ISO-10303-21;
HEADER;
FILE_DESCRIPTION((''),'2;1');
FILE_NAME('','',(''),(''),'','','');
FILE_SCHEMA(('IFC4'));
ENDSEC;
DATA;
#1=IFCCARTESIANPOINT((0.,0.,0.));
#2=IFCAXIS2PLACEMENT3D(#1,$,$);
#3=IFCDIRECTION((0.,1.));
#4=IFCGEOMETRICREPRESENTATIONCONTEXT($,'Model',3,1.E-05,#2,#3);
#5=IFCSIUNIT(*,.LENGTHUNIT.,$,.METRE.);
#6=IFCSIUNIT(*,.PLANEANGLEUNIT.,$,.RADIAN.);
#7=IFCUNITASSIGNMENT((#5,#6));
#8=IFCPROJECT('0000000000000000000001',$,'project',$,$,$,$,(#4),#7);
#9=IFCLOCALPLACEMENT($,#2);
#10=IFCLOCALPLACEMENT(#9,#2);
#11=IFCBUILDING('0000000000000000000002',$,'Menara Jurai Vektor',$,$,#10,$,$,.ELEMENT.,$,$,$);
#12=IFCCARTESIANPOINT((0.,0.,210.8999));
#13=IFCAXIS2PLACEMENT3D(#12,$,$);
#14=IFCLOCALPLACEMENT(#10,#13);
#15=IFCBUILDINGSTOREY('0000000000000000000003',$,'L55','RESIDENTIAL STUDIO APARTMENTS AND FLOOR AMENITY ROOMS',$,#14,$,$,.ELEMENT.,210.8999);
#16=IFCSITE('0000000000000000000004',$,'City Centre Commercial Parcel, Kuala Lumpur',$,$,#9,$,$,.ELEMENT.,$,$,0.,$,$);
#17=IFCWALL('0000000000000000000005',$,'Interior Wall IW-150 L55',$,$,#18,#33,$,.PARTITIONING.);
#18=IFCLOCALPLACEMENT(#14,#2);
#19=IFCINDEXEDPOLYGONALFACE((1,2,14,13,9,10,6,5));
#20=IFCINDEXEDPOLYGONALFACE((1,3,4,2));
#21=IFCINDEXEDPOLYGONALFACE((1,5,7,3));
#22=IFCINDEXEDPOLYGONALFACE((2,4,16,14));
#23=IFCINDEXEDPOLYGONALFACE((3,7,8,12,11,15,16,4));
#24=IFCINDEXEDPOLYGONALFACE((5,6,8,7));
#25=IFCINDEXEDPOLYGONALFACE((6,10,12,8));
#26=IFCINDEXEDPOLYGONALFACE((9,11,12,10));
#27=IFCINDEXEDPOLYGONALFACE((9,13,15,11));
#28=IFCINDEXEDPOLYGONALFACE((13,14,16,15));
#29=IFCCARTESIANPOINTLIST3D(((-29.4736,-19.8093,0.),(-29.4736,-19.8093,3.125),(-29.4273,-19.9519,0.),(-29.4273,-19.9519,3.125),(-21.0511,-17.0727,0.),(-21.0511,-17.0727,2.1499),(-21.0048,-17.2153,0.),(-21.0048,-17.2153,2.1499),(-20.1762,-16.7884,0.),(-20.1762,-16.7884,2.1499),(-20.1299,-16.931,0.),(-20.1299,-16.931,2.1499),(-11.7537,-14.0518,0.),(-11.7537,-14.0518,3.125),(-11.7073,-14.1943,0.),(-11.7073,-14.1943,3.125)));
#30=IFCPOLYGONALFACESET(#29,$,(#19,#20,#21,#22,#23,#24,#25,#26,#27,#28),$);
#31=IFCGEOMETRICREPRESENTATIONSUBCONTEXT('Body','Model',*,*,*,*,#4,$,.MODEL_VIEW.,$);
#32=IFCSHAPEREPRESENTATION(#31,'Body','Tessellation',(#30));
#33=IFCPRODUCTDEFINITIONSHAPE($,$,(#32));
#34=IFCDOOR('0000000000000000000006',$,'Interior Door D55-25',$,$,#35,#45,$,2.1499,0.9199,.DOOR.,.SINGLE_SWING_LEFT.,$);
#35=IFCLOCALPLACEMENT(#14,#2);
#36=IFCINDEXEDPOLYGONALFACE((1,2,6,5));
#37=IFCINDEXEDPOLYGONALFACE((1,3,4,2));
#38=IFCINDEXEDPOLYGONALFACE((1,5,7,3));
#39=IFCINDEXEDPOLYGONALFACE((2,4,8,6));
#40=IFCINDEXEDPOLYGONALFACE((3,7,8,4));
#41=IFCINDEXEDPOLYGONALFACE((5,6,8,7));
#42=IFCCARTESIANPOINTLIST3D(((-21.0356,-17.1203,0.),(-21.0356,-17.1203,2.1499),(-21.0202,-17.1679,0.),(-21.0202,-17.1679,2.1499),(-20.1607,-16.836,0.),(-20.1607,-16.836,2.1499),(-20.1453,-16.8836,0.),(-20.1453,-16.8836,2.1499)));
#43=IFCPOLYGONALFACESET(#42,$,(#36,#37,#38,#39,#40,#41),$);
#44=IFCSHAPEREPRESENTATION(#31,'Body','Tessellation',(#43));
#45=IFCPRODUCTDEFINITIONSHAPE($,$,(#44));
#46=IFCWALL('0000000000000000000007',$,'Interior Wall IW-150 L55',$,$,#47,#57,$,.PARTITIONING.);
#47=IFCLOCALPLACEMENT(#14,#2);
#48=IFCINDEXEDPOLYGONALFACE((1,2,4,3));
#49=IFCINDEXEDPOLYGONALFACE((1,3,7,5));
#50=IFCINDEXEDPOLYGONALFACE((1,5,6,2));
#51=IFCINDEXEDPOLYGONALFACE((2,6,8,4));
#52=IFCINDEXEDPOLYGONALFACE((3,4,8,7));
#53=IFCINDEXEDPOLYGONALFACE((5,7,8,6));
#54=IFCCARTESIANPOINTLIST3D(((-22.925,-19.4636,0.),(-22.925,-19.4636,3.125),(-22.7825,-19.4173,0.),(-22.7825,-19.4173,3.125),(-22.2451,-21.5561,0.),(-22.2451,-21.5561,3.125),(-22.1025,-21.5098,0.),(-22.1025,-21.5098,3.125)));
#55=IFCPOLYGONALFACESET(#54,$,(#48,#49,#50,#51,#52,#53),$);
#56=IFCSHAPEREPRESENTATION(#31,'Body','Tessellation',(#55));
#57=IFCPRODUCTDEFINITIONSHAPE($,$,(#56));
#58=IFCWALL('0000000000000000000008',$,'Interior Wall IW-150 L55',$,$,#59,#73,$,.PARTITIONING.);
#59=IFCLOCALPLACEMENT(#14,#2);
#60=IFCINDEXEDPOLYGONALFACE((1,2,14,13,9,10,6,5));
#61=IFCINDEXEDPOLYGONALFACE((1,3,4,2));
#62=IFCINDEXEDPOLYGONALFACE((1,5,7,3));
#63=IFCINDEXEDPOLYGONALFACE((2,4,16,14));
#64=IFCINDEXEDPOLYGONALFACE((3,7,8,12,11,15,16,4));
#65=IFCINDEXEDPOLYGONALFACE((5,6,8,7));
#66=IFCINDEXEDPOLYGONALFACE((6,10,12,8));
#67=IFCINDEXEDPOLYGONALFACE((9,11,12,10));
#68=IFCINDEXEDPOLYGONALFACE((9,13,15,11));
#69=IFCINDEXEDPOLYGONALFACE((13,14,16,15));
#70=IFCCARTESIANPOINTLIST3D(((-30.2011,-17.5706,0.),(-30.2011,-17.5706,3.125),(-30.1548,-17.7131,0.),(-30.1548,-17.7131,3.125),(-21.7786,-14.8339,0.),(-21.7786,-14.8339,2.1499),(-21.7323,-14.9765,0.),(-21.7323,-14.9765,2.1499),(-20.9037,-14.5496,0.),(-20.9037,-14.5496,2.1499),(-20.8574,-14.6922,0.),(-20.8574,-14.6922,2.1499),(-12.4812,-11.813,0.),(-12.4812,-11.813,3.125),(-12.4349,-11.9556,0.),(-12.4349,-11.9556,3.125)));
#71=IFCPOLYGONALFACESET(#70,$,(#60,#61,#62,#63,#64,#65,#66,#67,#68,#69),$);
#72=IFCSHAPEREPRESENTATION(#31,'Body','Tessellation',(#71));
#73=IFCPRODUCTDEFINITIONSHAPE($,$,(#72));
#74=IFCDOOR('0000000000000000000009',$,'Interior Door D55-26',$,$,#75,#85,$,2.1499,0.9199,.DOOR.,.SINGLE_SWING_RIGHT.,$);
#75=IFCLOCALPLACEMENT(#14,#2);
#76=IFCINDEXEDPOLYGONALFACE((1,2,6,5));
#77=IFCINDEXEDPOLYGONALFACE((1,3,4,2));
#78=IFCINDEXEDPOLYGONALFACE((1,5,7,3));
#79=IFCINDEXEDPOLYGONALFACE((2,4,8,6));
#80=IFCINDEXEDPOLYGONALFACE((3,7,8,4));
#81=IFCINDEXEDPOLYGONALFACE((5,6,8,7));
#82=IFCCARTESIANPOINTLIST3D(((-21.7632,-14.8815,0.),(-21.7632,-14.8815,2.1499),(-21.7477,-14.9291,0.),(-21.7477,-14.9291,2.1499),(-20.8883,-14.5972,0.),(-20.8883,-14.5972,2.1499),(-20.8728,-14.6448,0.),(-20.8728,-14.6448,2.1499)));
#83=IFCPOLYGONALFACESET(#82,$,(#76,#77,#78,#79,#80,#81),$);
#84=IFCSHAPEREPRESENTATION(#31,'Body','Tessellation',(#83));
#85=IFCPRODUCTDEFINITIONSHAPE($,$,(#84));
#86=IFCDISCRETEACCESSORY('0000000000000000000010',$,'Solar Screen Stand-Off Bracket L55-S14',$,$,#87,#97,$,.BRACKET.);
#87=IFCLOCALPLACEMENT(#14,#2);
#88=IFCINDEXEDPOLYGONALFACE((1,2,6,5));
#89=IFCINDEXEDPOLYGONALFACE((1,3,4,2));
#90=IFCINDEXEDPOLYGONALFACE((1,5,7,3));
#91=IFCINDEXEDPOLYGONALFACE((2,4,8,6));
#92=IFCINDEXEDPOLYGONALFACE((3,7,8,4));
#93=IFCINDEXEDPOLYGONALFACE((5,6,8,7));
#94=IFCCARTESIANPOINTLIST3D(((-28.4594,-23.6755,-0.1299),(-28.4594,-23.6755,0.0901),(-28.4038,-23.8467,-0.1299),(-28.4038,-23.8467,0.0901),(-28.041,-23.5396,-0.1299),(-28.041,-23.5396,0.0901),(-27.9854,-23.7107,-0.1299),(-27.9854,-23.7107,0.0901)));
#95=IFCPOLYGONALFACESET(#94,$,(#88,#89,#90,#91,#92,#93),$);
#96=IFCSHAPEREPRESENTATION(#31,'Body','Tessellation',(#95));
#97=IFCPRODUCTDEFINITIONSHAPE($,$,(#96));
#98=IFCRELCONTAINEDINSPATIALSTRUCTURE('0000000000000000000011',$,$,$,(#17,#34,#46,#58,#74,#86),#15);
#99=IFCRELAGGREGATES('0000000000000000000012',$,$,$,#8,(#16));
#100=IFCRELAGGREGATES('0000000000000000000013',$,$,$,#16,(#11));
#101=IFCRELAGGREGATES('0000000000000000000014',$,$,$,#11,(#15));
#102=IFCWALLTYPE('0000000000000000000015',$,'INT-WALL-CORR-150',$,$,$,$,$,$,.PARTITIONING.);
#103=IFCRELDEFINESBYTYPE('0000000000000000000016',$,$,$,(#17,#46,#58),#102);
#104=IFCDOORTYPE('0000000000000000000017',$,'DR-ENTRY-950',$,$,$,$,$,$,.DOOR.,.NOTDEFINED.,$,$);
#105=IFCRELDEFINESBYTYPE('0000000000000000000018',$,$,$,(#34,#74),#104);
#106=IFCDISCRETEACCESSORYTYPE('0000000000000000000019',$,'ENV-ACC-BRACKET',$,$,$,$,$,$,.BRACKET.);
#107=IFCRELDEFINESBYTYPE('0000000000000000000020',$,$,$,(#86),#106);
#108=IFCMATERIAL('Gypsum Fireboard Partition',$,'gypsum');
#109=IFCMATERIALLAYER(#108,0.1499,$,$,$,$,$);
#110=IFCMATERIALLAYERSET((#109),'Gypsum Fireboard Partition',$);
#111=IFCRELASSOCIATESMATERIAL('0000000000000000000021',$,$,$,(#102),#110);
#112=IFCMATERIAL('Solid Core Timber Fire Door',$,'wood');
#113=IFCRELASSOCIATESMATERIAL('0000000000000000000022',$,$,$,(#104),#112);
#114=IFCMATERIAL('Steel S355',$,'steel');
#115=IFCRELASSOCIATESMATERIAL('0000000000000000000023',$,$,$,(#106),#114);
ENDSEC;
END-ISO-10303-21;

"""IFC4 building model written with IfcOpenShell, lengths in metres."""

from ifc_helpers import new_model, si_unit, direction, frame, frame_2d, origin, origin_2d, place, context, subcontext, project, spatial, rectangle, extrude, material, layer, layer_set, type_object, element, fill, save


model = new_model("IFC4")

# Units and contexts
model_context = context("Model", 3, precision=1e-05, world=origin(), true_north=direction((0.0, 1.0)))
body_context = subcontext(model_context, "Body", "Model", "MODEL_VIEW")
ifc_project = project(units=[si_unit("LENGTHUNIT", "METRE"), si_unit("PLANEANGLEUNIT", "RADIAN")], contexts=[model_context])

# Site, building, storey
site_placement = place(None, origin())
site = spatial("IfcSite", under=ifc_project, at=site_placement, Name="City Centre Commercial Parcel, Kuala Lumpur", CompositionType="ELEMENT", RefElevation=0.0)
building_placement = place(site_placement, origin())
building = spatial("IfcBuilding", under=site, at=building_placement, Name="Menara Jurai Vektor", CompositionType="ELEMENT")
storey_placement = place(building_placement, frame((0.0, 0.0, 210.8999)))
storey = spatial("IfcBuildingStorey", under=building, at=storey_placement, Name="L55", Description="RESIDENTIAL STUDIO APARTMENTS AND FLOOR AMENITY ROOMS", CompositionType="ELEMENT", Elevation=210.8999)

# Shared definitions
ifc_material_1 = material(Name="Steel S355", Category="steel")

# Shared definitions
ifc_material_2 = material(Name="Gypsum Fireboard Partition", Category="gypsum")
ifc_layer_1 = layer(ifc_material_2, 0.1499)
ifc_layer_set_1 = layer_set([ifc_layer_1], Name="Gypsum Fireboard Partition")
wall_type = type_object("IfcWallType", Name="INT-WALL-CORR-150", PredefinedType="PARTITIONING", material=ifc_layer_set_1)

# Wall, opening, door
wall_1_placement = place(storey_placement, frame((-29.4504, -19.8806, 0.0), z_axis=(0.0, 0.0, 1.0), x_axis=(0.951057, 0.309017, 0.0)))
wall_1 = element("IfcWall", 1, at=wall_1_placement, inside=storey, type_object=wall_type, Name="Interior Wall IW-150 L55", PredefinedType="PARTITIONING", context=body_context, shape_type="SweptSolid", body=[
    extrude(rectangle(XDim=18.6318, YDim=0.1499, at=frame_2d((9.3159, 0.0))), origin(), (0.0, 0.0, 1.0), 3.125),
])
opening_1_placement = place(wall_1_placement, frame((8.856, 0.0, 0.0)))
opening_1 = element("IfcOpeningElement", 2, at=opening_1_placement, cuts=wall_1, PredefinedType="OPENING", context=body_context, shape_type="SweptSolid", body=[
    extrude(rectangle(XDim=0.9199, YDim=2.1499, at=frame_2d((0.46, 1.075))), frame((0.0, 0.085, 0.0), z_axis=(0.0, -1.0, 0.0), x_axis=(1.0, 0.0, 0.0)), (0.0, 0.0, 1.0), 0.1699),
])
ifc_material_3 = material(Name="Solid Core Timber Fire Door", Category="wood")
door_type = type_object("IfcDoorType", Name="DR-ENTRY-950", OperationType="NOTDEFINED", PredefinedType="DOOR", material=ifc_material_3)
door_1_placement = place(opening_1_placement, origin())
door_1 = element("IfcDoor", 3, at=door_1_placement, inside=storey, type_object=door_type, Name="Interior Door D55-25", OperationType="SINGLE_SWING_LEFT", OverallHeight=2.1499, OverallWidth=0.9199, PredefinedType="DOOR", context=body_context, shape_type="SweptSolid", body=[
    extrude(rectangle(XDim=0.9199, YDim=2.1499, at=frame_2d((0.46, 1.075))), frame((0.0, 0.0249, 0.0), z_axis=(0.0, -1.0, 0.0), x_axis=(1.0, 0.0, 0.0)), (0.0, 0.0, 1.0), 0.05),
])
fill(opening_1, door_1)

# Wall
wall_2_placement = place(storey_placement, frame((-22.1738, -21.533, 0.0), z_axis=(0.0, 0.0, 1.0), x_axis=(-0.309028, 0.951053, 0.0)))
element("IfcWall", 4, at=wall_2_placement, inside=storey, type_object=wall_type, Name="Interior Wall IW-150 L55", PredefinedType="PARTITIONING", context=body_context, shape_type="SweptSolid", body=[
    extrude(rectangle(XDim=2.2002, YDim=0.1499, at=frame_2d((1.1001, 0.0))), origin(), (0.0, 0.0, 1.0), 3.125),
])

# Wall, opening, door
wall_3_placement = place(storey_placement, frame((-30.178, -17.6418, 0.0), z_axis=(0.0, 0.0, 1.0), x_axis=(0.951057, 0.309017, 0.0)))
wall_3 = element("IfcWall", 5, at=wall_3_placement, inside=storey, type_object=wall_type, Name="Interior Wall IW-150 L55", PredefinedType="PARTITIONING", context=body_context, shape_type="SweptSolid", body=[
    extrude(rectangle(XDim=18.6318, YDim=0.1499, at=frame_2d((9.3159, 0.0))), origin(), (0.0, 0.0, 1.0), 3.125),
])
opening_2_placement = place(wall_3_placement, frame((8.856, 0.0, 0.0)))
opening_2 = element("IfcOpeningElement", 6, at=opening_2_placement, cuts=wall_3, PredefinedType="OPENING", context=body_context, shape_type="SweptSolid", body=[
    extrude(rectangle(XDim=0.9199, YDim=2.1499, at=frame_2d((0.46, 1.075))), frame((0.0, 0.085, 0.0), z_axis=(0.0, -1.0, 0.0), x_axis=(1.0, 0.0, 0.0)), (0.0, 0.0, 1.0), 0.1699),
])
door_2_placement = place(opening_2_placement, origin())
door_2 = element("IfcDoor", 7, at=door_2_placement, inside=storey, type_object=door_type, Name="Interior Door D55-26", OperationType="SINGLE_SWING_RIGHT", OverallHeight=2.1499, OverallWidth=0.9199, PredefinedType="DOOR", context=body_context, shape_type="SweptSolid", body=[
    extrude(rectangle(XDim=0.9199, YDim=2.1499, at=frame_2d((0.46, 1.075))), frame((0.0, 0.0249, 0.0), z_axis=(0.0, -1.0, 0.0), x_axis=(1.0, 0.0, 0.0)), (0.0, 0.0, 1.0), 0.05),
])
fill(opening_2, door_2)

# Discrete accessory
discrete_accessory_type = type_object("IfcDiscreteAccessoryType", Name="ENV-ACC-BRACKET", PredefinedType="BRACKET", material=ifc_material_1)
discrete_accessory_placement = place(storey_placement, frame((-28.2224, -23.6931, -0.1299), z_axis=(0.0, 0.0, 1.0), x_axis=(0.309017, -0.951057, 0.0)))
element("IfcDiscreteAccessory", 8, at=discrete_accessory_placement, inside=storey, type_object=discrete_accessory_type, Name="Solar Screen Stand-Off Bracket L55-S14", PredefinedType="BRACKET", context=body_context, shape_type="SweptSolid", body=[
    extrude(rectangle(XDim=0.1799, YDim=0.4399, at=origin_2d()), origin(), (0.0, 0.0, 1.0), 0.22),
])

save(model, "model.ifc")
